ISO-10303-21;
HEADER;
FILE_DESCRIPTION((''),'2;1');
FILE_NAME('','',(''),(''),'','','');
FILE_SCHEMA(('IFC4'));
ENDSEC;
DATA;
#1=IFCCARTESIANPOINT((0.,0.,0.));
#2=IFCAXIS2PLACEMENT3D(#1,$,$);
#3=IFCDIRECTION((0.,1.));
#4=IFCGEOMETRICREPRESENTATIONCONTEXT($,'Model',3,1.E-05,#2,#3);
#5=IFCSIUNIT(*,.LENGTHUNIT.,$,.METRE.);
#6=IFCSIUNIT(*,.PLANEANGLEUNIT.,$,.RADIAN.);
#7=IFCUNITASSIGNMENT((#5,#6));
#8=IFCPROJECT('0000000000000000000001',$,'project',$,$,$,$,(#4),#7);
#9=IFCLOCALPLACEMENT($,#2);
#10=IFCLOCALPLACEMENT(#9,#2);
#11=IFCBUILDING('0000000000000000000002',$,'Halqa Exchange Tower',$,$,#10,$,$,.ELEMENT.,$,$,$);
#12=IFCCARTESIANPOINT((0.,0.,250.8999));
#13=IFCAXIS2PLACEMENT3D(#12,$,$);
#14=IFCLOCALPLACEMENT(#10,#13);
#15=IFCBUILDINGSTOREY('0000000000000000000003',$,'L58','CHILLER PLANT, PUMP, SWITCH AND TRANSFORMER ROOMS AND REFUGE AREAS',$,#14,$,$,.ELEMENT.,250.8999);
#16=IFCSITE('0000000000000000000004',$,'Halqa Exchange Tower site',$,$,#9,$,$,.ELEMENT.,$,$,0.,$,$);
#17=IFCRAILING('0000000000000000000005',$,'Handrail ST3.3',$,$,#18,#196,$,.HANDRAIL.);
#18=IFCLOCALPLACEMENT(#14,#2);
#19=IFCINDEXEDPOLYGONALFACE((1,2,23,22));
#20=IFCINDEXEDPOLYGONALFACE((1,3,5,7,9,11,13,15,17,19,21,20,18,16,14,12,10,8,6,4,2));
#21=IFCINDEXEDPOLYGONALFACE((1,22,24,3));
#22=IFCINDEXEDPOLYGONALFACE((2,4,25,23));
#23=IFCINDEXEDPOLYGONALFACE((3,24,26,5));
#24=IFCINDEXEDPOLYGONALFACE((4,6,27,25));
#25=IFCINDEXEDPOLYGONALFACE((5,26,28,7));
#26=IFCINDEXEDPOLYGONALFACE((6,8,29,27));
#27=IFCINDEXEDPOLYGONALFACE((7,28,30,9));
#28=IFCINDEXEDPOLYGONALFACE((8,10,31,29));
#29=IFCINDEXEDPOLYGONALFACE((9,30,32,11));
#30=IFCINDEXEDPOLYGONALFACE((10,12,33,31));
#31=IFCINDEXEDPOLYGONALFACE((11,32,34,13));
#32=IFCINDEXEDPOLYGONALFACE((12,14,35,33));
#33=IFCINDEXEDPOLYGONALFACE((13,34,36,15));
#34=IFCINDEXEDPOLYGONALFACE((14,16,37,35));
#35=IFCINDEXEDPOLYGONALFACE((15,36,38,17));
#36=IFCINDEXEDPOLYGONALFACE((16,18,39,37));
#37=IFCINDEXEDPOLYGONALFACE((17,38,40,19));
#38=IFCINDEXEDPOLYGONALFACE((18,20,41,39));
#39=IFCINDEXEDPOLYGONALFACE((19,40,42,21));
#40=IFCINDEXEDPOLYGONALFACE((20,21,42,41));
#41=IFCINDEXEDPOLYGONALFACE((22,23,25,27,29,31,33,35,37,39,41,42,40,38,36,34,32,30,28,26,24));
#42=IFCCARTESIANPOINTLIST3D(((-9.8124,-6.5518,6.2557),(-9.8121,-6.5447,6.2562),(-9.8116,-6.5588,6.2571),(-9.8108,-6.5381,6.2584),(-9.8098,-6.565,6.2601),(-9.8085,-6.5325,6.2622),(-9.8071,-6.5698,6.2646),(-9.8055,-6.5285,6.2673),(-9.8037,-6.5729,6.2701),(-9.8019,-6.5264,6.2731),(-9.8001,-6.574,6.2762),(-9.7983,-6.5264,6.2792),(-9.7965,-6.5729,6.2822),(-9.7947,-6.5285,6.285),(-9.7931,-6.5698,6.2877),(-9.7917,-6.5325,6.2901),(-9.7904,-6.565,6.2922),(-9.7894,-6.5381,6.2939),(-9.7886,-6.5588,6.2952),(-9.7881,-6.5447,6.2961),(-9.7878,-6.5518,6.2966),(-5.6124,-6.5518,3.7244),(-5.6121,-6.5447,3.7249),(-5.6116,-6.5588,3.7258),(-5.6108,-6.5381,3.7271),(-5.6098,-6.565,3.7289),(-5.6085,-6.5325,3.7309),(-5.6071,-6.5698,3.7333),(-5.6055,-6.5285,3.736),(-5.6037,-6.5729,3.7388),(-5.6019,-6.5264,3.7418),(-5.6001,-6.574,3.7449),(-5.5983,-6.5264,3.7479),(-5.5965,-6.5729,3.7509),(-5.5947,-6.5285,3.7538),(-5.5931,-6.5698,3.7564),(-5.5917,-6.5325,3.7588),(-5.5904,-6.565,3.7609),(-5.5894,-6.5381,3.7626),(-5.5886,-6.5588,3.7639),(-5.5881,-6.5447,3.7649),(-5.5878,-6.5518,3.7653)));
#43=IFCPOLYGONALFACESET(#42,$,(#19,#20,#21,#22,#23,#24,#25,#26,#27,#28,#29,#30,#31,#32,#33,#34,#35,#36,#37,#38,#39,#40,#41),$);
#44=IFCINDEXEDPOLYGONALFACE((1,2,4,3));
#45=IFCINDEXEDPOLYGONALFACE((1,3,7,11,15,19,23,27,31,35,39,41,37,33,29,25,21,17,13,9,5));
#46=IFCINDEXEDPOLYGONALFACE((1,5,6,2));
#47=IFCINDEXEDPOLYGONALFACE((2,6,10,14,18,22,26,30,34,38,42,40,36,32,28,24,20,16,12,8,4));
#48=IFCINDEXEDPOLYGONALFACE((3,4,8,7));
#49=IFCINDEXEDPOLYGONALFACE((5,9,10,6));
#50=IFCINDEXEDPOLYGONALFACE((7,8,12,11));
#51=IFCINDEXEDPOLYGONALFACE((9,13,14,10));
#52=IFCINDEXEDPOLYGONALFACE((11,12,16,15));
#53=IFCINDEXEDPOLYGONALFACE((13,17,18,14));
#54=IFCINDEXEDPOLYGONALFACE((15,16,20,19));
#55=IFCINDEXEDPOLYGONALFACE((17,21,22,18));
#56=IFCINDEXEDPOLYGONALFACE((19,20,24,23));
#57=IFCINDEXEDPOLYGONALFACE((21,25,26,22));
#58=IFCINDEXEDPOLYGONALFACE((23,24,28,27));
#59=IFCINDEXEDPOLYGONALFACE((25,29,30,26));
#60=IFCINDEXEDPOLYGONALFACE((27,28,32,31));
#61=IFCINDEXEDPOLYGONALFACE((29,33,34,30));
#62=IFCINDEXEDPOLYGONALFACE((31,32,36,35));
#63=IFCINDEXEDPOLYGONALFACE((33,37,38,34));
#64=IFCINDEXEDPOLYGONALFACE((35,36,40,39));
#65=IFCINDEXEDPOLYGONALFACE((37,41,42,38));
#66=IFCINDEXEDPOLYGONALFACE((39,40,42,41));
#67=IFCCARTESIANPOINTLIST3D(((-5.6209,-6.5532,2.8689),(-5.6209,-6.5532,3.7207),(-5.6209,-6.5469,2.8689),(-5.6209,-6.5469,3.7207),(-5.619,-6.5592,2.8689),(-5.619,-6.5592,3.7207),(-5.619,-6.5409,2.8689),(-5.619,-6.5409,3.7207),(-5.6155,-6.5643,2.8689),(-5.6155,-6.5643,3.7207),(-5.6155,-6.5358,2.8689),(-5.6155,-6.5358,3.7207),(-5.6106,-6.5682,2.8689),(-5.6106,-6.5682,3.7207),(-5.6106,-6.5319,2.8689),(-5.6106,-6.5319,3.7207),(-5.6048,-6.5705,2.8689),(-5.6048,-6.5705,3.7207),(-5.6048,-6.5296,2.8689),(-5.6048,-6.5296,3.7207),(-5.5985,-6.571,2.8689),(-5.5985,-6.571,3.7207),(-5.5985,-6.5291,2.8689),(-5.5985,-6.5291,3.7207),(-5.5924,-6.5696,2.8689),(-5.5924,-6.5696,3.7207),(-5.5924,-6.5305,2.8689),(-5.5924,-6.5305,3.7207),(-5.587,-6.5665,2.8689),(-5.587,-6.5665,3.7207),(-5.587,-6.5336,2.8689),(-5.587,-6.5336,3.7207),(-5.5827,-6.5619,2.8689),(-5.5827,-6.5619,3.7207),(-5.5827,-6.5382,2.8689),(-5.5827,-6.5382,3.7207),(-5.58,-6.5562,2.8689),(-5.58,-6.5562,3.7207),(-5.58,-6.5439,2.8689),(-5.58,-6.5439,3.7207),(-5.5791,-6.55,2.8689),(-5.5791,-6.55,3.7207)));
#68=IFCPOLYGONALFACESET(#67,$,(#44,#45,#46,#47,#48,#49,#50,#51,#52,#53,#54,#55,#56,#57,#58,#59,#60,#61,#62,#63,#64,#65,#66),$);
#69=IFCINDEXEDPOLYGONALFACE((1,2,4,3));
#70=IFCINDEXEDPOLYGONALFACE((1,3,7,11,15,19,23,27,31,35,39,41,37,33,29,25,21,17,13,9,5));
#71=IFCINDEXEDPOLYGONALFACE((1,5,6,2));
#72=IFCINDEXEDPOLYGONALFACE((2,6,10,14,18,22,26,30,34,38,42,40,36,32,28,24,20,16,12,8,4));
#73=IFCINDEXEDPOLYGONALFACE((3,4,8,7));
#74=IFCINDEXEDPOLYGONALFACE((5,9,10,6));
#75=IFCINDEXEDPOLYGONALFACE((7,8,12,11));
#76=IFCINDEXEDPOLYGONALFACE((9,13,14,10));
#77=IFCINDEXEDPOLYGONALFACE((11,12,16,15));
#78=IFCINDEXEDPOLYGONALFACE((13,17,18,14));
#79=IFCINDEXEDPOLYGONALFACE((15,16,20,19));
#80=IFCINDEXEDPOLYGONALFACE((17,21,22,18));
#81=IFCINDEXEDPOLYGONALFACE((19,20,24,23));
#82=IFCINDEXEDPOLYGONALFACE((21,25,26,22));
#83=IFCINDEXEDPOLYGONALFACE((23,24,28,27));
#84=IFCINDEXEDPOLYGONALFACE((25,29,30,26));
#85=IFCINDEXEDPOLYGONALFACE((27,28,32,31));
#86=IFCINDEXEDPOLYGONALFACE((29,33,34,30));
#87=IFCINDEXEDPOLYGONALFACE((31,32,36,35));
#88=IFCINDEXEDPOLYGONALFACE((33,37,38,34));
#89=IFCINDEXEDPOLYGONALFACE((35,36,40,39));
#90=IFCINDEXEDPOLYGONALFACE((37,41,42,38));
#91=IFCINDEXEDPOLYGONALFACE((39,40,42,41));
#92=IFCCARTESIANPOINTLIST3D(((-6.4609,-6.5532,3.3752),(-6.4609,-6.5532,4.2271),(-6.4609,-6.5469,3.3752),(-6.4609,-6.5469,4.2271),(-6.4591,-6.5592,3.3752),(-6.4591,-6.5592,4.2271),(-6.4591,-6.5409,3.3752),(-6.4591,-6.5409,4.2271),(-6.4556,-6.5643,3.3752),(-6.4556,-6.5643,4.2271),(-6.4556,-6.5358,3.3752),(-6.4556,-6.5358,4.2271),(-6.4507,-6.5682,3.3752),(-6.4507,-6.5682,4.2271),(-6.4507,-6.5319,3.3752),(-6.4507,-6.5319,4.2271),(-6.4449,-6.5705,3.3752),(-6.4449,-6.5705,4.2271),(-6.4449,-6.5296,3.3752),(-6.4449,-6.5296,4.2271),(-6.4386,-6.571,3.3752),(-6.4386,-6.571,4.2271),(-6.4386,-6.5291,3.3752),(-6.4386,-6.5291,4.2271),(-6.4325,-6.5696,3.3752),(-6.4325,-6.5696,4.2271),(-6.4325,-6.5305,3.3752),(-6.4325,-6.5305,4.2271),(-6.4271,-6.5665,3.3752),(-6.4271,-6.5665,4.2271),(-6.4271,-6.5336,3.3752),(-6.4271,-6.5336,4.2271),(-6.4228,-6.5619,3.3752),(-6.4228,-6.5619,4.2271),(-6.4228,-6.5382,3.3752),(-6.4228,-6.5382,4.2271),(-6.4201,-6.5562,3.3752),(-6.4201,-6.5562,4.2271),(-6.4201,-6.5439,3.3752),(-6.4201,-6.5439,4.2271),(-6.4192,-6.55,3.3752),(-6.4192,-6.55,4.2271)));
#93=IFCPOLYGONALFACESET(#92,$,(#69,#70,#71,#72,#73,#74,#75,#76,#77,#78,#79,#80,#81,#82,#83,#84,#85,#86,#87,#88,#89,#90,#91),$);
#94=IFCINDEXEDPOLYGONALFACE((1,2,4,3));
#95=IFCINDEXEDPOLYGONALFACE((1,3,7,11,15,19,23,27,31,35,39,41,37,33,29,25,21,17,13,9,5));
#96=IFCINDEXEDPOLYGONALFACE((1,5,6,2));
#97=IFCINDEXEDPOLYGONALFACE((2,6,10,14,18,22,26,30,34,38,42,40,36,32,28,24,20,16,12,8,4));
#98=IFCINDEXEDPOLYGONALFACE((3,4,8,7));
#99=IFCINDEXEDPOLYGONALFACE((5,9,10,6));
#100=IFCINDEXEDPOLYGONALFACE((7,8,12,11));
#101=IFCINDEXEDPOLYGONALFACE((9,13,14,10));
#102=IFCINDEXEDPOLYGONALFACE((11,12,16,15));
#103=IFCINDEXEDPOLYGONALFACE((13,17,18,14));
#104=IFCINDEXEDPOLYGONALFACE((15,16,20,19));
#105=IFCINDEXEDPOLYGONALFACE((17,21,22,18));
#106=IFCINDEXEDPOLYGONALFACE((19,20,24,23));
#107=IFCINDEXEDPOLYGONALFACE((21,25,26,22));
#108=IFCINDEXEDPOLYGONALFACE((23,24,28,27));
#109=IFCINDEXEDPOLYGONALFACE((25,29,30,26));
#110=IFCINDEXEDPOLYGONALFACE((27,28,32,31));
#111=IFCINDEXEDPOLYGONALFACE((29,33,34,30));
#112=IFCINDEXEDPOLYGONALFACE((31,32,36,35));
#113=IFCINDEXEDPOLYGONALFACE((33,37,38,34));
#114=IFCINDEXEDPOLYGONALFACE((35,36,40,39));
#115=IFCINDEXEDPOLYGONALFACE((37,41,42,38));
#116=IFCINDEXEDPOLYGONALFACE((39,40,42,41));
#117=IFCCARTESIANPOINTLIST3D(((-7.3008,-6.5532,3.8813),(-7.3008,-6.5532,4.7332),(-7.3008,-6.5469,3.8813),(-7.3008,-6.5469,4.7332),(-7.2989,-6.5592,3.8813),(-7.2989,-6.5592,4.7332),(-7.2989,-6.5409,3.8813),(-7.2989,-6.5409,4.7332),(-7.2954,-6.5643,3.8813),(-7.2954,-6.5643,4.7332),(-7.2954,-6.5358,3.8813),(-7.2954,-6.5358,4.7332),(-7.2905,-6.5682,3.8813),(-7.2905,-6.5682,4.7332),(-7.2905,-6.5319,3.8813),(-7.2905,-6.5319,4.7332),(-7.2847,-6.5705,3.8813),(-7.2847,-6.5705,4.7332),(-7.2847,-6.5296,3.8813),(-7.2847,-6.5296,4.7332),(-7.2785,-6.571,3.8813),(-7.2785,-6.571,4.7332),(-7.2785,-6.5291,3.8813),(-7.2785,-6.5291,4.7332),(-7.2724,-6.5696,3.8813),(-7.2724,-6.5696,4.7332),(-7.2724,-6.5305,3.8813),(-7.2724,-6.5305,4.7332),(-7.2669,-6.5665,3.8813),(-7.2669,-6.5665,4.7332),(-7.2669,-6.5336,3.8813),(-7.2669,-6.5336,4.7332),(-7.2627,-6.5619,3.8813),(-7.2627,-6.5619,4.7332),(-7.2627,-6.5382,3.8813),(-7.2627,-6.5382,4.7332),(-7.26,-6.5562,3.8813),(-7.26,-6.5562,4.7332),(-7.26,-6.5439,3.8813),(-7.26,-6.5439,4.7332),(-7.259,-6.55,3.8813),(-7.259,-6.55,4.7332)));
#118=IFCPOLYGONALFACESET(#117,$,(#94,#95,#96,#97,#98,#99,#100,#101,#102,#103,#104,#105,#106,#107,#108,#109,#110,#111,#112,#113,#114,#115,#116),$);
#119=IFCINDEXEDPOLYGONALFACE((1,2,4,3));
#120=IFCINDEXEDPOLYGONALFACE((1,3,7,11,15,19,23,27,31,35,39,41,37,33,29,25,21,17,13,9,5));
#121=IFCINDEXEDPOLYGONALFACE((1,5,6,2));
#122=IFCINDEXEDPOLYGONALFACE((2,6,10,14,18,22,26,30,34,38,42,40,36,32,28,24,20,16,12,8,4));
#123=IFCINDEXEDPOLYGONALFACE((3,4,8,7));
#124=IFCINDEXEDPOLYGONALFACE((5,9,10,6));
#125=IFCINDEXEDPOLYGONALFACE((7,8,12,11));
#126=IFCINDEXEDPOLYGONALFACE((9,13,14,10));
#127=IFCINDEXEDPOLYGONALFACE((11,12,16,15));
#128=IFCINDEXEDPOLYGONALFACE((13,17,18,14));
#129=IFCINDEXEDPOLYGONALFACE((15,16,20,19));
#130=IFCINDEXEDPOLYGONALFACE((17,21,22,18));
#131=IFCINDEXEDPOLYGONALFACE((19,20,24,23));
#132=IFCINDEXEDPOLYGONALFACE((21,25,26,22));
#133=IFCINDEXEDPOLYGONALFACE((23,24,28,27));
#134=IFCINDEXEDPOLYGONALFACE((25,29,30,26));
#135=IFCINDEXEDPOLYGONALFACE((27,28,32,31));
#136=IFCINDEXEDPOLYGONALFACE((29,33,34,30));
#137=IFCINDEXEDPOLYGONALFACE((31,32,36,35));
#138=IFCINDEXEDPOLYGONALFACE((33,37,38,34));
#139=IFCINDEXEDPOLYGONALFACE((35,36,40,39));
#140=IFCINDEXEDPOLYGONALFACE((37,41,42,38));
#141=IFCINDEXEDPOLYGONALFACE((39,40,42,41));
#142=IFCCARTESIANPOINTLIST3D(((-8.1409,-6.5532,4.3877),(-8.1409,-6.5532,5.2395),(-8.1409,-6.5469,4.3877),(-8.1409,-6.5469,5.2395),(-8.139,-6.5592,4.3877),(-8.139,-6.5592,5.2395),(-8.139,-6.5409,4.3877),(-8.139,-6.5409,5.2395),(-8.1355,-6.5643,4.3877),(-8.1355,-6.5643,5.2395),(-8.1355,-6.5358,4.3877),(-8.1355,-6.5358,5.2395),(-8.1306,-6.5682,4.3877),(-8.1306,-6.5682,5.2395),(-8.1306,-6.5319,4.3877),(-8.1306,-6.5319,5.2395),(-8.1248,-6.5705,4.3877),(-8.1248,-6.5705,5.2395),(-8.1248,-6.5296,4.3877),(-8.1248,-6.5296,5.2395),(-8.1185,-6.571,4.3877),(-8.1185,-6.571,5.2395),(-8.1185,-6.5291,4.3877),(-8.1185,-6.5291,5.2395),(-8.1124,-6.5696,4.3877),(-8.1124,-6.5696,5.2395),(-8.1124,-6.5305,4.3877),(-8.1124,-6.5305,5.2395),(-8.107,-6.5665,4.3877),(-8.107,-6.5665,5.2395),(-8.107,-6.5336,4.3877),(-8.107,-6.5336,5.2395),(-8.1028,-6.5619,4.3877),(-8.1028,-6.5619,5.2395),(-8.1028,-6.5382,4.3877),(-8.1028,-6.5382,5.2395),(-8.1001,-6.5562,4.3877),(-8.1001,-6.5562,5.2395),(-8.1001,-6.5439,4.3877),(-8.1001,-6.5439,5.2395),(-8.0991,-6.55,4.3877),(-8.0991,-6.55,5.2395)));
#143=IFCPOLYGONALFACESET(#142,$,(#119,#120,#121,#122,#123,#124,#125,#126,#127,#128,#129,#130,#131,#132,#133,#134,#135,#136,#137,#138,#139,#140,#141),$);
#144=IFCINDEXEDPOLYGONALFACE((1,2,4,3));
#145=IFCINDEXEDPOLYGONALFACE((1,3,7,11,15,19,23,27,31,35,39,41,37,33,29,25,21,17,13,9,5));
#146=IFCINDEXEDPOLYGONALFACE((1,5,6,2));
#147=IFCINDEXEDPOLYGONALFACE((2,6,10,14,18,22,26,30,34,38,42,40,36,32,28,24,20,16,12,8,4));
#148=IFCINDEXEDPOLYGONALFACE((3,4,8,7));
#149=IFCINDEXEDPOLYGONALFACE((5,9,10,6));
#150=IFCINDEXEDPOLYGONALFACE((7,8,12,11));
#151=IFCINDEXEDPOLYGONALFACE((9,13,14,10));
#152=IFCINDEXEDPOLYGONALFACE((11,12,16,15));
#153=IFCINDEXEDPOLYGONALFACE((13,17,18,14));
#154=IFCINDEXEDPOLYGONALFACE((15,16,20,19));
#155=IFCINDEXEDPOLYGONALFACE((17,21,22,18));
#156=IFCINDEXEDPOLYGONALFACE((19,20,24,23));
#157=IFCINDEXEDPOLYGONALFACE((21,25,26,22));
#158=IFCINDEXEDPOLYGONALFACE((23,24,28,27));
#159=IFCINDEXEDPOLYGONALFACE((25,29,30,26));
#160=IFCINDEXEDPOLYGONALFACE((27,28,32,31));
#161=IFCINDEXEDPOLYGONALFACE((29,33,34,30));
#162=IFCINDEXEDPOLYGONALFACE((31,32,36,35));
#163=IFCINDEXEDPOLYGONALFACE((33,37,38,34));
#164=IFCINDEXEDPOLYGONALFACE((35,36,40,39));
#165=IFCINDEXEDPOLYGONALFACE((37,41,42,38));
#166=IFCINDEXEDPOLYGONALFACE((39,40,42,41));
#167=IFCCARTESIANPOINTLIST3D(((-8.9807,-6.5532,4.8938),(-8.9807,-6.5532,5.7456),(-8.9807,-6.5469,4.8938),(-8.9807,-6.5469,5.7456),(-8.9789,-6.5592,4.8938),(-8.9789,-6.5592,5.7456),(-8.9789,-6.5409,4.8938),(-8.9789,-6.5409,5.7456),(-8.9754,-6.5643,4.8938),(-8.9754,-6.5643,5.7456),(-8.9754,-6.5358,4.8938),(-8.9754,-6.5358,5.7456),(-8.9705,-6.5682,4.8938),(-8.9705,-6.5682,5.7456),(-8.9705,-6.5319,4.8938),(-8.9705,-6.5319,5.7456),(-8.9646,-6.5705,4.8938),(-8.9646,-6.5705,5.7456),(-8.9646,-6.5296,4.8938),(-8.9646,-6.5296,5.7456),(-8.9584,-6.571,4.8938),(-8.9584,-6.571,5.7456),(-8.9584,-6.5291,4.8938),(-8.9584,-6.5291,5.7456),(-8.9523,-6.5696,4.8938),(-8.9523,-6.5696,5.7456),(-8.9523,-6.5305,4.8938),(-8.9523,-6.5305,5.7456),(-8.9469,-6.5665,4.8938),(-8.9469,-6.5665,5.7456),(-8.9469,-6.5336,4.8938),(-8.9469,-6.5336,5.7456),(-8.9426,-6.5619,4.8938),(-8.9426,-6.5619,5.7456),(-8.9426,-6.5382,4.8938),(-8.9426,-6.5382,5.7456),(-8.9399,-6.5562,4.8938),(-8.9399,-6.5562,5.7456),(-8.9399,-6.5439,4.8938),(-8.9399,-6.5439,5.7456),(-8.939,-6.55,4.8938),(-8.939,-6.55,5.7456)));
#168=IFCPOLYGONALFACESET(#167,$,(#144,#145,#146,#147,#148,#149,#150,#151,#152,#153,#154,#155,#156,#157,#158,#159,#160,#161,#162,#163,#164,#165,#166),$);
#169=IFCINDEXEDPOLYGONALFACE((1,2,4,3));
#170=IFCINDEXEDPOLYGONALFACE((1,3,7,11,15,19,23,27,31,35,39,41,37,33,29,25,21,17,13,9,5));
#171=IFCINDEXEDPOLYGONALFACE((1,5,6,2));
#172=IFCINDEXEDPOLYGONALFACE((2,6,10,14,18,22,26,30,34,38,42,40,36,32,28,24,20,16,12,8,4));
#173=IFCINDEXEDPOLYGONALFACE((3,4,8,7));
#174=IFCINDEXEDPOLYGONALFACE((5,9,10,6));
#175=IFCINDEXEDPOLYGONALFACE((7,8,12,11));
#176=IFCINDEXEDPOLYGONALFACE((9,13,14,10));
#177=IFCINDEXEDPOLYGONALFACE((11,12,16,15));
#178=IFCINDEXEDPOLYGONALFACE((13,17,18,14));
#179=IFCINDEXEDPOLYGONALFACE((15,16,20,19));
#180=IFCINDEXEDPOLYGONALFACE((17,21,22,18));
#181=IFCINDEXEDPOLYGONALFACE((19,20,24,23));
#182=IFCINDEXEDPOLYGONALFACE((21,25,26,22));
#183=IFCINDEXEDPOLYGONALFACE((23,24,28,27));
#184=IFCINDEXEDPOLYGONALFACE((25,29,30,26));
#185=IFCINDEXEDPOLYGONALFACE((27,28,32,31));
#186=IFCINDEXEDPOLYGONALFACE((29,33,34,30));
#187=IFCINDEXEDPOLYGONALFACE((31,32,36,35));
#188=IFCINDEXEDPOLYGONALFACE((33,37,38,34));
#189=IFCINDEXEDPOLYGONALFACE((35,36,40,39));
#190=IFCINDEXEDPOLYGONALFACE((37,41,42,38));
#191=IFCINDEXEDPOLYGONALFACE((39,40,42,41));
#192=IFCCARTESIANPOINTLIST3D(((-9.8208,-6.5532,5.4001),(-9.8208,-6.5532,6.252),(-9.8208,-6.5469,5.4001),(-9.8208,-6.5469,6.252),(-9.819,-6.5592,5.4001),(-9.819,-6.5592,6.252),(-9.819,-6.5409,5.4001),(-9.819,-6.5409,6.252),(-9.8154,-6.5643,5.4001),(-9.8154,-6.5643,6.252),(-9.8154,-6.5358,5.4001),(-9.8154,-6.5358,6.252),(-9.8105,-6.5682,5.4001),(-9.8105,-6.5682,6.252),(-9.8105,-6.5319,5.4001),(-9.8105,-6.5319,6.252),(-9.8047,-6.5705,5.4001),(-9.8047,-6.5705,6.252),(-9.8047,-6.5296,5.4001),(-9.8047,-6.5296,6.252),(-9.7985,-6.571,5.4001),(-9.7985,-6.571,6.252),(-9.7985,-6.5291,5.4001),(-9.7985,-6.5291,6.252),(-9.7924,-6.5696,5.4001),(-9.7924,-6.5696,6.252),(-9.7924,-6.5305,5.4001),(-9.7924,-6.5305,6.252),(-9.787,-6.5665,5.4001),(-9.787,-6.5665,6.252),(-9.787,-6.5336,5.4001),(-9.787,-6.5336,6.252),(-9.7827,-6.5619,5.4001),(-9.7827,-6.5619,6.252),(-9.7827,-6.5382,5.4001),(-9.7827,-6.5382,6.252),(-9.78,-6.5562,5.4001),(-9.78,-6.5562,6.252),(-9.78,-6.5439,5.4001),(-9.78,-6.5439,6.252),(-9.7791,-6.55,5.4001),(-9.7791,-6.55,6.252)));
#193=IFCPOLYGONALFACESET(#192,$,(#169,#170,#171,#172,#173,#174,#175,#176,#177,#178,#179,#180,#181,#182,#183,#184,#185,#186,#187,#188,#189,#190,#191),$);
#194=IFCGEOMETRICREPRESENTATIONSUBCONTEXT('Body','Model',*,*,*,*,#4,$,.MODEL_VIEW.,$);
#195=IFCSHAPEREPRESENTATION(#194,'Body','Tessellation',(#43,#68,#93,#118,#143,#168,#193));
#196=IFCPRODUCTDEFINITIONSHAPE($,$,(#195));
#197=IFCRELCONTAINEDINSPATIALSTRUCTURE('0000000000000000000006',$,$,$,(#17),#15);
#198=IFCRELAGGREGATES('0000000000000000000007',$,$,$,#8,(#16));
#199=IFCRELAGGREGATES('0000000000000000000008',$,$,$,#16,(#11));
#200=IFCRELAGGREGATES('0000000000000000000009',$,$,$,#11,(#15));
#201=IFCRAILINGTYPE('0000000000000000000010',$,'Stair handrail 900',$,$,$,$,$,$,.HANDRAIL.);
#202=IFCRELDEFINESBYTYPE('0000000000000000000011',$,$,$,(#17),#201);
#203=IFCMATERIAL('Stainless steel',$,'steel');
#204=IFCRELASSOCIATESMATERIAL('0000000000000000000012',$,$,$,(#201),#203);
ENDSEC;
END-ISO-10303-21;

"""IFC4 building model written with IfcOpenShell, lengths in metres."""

from ifc_helpers import new_model, si_unit, direction, frame, origin, origin_2d, place, context, subcontext, project, spatial, circle, extrude, material, type_object, element, save


model = new_model("IFC4")

# Units and contexts
model_context = context("Model", 3, precision=1e-05, world=origin(), true_north=direction((0.0, 1.0)))
body_context = subcontext(model_context, "Body", "Model", "MODEL_VIEW")
ifc_project = project(units=[si_unit("LENGTHUNIT", "METRE"), si_unit("PLANEANGLEUNIT", "RADIAN")], contexts=[model_context])

# Site, building, storey
site_placement = place(None, origin())
site = spatial("IfcSite", under=ifc_project, at=site_placement, Name="Halqa Exchange Tower site", CompositionType="ELEMENT", RefElevation=0.0)
building_placement = place(site_placement, origin())
building = spatial("IfcBuilding", under=site, at=building_placement, Name="Halqa Exchange Tower", CompositionType="ELEMENT")
storey_placement = place(building_placement, frame((0.0, 0.0, 250.8999)))
storey = spatial("IfcBuildingStorey", under=building, at=storey_placement, Name="L58", Description="CHILLER PLANT, PUMP, SWITCH AND TRANSFORMER ROOMS AND REFUGE AREAS", CompositionType="ELEMENT", Elevation=250.8999)

# Railing
ifc_material_1 = material(Name="Stainless steel", Category="steel")
railing_type_1 = type_object("IfcRailingType", Name="Stair handrail 900", PredefinedType="HANDRAIL", material=ifc_material_1)
railing_1_placement = place(storey_placement, frame((-5.6001, -6.55, 2.8689)))
element("IfcRailing", 1, at=railing_1_placement, inside=storey, type_object=railing_type_1, Name="Handrail ST3.3", PredefinedType="HANDRAIL", context=body_context, shape_type="SweptSolid", body=[
    extrude(circle(Radius=0.0239, at=origin_2d()), frame((0.0, 0.0, 0.876), z_axis=(-0.856476, 0.0, 0.516186), x_axis=(0.0, -1.0, 0.0)), (0.0, 0.0, 1.0), 4.9038),
    extrude(circle(Radius=0.021, at=origin_2d()), origin(), (0.0, 0.0, 1.0), 0.8518),
    extrude(circle(Radius=0.021, at=origin_2d()), frame((-0.8401, 0.0, 0.5063)), (0.0, 0.0, 1.0), 0.8518),
    extrude(circle(Radius=0.021, at=origin_2d()), frame((-1.6799, 0.0, 1.0125)), (0.0, 0.0, 1.0), 0.8518),
    extrude(circle(Radius=0.021, at=origin_2d()), frame((-2.52, 0.0, 1.5188)), (0.0, 0.0, 1.0), 0.8518),
    extrude(circle(Radius=0.021, at=origin_2d()), frame((-3.3599, 0.0, 2.0249)), (0.0, 0.0, 1.0), 0.8518),
    extrude(circle(Radius=0.021, at=origin_2d()), frame((-4.2, 0.0, 2.5312)), (0.0, 0.0, 1.0), 0.8518),
])

save(model, "model.ifc")
